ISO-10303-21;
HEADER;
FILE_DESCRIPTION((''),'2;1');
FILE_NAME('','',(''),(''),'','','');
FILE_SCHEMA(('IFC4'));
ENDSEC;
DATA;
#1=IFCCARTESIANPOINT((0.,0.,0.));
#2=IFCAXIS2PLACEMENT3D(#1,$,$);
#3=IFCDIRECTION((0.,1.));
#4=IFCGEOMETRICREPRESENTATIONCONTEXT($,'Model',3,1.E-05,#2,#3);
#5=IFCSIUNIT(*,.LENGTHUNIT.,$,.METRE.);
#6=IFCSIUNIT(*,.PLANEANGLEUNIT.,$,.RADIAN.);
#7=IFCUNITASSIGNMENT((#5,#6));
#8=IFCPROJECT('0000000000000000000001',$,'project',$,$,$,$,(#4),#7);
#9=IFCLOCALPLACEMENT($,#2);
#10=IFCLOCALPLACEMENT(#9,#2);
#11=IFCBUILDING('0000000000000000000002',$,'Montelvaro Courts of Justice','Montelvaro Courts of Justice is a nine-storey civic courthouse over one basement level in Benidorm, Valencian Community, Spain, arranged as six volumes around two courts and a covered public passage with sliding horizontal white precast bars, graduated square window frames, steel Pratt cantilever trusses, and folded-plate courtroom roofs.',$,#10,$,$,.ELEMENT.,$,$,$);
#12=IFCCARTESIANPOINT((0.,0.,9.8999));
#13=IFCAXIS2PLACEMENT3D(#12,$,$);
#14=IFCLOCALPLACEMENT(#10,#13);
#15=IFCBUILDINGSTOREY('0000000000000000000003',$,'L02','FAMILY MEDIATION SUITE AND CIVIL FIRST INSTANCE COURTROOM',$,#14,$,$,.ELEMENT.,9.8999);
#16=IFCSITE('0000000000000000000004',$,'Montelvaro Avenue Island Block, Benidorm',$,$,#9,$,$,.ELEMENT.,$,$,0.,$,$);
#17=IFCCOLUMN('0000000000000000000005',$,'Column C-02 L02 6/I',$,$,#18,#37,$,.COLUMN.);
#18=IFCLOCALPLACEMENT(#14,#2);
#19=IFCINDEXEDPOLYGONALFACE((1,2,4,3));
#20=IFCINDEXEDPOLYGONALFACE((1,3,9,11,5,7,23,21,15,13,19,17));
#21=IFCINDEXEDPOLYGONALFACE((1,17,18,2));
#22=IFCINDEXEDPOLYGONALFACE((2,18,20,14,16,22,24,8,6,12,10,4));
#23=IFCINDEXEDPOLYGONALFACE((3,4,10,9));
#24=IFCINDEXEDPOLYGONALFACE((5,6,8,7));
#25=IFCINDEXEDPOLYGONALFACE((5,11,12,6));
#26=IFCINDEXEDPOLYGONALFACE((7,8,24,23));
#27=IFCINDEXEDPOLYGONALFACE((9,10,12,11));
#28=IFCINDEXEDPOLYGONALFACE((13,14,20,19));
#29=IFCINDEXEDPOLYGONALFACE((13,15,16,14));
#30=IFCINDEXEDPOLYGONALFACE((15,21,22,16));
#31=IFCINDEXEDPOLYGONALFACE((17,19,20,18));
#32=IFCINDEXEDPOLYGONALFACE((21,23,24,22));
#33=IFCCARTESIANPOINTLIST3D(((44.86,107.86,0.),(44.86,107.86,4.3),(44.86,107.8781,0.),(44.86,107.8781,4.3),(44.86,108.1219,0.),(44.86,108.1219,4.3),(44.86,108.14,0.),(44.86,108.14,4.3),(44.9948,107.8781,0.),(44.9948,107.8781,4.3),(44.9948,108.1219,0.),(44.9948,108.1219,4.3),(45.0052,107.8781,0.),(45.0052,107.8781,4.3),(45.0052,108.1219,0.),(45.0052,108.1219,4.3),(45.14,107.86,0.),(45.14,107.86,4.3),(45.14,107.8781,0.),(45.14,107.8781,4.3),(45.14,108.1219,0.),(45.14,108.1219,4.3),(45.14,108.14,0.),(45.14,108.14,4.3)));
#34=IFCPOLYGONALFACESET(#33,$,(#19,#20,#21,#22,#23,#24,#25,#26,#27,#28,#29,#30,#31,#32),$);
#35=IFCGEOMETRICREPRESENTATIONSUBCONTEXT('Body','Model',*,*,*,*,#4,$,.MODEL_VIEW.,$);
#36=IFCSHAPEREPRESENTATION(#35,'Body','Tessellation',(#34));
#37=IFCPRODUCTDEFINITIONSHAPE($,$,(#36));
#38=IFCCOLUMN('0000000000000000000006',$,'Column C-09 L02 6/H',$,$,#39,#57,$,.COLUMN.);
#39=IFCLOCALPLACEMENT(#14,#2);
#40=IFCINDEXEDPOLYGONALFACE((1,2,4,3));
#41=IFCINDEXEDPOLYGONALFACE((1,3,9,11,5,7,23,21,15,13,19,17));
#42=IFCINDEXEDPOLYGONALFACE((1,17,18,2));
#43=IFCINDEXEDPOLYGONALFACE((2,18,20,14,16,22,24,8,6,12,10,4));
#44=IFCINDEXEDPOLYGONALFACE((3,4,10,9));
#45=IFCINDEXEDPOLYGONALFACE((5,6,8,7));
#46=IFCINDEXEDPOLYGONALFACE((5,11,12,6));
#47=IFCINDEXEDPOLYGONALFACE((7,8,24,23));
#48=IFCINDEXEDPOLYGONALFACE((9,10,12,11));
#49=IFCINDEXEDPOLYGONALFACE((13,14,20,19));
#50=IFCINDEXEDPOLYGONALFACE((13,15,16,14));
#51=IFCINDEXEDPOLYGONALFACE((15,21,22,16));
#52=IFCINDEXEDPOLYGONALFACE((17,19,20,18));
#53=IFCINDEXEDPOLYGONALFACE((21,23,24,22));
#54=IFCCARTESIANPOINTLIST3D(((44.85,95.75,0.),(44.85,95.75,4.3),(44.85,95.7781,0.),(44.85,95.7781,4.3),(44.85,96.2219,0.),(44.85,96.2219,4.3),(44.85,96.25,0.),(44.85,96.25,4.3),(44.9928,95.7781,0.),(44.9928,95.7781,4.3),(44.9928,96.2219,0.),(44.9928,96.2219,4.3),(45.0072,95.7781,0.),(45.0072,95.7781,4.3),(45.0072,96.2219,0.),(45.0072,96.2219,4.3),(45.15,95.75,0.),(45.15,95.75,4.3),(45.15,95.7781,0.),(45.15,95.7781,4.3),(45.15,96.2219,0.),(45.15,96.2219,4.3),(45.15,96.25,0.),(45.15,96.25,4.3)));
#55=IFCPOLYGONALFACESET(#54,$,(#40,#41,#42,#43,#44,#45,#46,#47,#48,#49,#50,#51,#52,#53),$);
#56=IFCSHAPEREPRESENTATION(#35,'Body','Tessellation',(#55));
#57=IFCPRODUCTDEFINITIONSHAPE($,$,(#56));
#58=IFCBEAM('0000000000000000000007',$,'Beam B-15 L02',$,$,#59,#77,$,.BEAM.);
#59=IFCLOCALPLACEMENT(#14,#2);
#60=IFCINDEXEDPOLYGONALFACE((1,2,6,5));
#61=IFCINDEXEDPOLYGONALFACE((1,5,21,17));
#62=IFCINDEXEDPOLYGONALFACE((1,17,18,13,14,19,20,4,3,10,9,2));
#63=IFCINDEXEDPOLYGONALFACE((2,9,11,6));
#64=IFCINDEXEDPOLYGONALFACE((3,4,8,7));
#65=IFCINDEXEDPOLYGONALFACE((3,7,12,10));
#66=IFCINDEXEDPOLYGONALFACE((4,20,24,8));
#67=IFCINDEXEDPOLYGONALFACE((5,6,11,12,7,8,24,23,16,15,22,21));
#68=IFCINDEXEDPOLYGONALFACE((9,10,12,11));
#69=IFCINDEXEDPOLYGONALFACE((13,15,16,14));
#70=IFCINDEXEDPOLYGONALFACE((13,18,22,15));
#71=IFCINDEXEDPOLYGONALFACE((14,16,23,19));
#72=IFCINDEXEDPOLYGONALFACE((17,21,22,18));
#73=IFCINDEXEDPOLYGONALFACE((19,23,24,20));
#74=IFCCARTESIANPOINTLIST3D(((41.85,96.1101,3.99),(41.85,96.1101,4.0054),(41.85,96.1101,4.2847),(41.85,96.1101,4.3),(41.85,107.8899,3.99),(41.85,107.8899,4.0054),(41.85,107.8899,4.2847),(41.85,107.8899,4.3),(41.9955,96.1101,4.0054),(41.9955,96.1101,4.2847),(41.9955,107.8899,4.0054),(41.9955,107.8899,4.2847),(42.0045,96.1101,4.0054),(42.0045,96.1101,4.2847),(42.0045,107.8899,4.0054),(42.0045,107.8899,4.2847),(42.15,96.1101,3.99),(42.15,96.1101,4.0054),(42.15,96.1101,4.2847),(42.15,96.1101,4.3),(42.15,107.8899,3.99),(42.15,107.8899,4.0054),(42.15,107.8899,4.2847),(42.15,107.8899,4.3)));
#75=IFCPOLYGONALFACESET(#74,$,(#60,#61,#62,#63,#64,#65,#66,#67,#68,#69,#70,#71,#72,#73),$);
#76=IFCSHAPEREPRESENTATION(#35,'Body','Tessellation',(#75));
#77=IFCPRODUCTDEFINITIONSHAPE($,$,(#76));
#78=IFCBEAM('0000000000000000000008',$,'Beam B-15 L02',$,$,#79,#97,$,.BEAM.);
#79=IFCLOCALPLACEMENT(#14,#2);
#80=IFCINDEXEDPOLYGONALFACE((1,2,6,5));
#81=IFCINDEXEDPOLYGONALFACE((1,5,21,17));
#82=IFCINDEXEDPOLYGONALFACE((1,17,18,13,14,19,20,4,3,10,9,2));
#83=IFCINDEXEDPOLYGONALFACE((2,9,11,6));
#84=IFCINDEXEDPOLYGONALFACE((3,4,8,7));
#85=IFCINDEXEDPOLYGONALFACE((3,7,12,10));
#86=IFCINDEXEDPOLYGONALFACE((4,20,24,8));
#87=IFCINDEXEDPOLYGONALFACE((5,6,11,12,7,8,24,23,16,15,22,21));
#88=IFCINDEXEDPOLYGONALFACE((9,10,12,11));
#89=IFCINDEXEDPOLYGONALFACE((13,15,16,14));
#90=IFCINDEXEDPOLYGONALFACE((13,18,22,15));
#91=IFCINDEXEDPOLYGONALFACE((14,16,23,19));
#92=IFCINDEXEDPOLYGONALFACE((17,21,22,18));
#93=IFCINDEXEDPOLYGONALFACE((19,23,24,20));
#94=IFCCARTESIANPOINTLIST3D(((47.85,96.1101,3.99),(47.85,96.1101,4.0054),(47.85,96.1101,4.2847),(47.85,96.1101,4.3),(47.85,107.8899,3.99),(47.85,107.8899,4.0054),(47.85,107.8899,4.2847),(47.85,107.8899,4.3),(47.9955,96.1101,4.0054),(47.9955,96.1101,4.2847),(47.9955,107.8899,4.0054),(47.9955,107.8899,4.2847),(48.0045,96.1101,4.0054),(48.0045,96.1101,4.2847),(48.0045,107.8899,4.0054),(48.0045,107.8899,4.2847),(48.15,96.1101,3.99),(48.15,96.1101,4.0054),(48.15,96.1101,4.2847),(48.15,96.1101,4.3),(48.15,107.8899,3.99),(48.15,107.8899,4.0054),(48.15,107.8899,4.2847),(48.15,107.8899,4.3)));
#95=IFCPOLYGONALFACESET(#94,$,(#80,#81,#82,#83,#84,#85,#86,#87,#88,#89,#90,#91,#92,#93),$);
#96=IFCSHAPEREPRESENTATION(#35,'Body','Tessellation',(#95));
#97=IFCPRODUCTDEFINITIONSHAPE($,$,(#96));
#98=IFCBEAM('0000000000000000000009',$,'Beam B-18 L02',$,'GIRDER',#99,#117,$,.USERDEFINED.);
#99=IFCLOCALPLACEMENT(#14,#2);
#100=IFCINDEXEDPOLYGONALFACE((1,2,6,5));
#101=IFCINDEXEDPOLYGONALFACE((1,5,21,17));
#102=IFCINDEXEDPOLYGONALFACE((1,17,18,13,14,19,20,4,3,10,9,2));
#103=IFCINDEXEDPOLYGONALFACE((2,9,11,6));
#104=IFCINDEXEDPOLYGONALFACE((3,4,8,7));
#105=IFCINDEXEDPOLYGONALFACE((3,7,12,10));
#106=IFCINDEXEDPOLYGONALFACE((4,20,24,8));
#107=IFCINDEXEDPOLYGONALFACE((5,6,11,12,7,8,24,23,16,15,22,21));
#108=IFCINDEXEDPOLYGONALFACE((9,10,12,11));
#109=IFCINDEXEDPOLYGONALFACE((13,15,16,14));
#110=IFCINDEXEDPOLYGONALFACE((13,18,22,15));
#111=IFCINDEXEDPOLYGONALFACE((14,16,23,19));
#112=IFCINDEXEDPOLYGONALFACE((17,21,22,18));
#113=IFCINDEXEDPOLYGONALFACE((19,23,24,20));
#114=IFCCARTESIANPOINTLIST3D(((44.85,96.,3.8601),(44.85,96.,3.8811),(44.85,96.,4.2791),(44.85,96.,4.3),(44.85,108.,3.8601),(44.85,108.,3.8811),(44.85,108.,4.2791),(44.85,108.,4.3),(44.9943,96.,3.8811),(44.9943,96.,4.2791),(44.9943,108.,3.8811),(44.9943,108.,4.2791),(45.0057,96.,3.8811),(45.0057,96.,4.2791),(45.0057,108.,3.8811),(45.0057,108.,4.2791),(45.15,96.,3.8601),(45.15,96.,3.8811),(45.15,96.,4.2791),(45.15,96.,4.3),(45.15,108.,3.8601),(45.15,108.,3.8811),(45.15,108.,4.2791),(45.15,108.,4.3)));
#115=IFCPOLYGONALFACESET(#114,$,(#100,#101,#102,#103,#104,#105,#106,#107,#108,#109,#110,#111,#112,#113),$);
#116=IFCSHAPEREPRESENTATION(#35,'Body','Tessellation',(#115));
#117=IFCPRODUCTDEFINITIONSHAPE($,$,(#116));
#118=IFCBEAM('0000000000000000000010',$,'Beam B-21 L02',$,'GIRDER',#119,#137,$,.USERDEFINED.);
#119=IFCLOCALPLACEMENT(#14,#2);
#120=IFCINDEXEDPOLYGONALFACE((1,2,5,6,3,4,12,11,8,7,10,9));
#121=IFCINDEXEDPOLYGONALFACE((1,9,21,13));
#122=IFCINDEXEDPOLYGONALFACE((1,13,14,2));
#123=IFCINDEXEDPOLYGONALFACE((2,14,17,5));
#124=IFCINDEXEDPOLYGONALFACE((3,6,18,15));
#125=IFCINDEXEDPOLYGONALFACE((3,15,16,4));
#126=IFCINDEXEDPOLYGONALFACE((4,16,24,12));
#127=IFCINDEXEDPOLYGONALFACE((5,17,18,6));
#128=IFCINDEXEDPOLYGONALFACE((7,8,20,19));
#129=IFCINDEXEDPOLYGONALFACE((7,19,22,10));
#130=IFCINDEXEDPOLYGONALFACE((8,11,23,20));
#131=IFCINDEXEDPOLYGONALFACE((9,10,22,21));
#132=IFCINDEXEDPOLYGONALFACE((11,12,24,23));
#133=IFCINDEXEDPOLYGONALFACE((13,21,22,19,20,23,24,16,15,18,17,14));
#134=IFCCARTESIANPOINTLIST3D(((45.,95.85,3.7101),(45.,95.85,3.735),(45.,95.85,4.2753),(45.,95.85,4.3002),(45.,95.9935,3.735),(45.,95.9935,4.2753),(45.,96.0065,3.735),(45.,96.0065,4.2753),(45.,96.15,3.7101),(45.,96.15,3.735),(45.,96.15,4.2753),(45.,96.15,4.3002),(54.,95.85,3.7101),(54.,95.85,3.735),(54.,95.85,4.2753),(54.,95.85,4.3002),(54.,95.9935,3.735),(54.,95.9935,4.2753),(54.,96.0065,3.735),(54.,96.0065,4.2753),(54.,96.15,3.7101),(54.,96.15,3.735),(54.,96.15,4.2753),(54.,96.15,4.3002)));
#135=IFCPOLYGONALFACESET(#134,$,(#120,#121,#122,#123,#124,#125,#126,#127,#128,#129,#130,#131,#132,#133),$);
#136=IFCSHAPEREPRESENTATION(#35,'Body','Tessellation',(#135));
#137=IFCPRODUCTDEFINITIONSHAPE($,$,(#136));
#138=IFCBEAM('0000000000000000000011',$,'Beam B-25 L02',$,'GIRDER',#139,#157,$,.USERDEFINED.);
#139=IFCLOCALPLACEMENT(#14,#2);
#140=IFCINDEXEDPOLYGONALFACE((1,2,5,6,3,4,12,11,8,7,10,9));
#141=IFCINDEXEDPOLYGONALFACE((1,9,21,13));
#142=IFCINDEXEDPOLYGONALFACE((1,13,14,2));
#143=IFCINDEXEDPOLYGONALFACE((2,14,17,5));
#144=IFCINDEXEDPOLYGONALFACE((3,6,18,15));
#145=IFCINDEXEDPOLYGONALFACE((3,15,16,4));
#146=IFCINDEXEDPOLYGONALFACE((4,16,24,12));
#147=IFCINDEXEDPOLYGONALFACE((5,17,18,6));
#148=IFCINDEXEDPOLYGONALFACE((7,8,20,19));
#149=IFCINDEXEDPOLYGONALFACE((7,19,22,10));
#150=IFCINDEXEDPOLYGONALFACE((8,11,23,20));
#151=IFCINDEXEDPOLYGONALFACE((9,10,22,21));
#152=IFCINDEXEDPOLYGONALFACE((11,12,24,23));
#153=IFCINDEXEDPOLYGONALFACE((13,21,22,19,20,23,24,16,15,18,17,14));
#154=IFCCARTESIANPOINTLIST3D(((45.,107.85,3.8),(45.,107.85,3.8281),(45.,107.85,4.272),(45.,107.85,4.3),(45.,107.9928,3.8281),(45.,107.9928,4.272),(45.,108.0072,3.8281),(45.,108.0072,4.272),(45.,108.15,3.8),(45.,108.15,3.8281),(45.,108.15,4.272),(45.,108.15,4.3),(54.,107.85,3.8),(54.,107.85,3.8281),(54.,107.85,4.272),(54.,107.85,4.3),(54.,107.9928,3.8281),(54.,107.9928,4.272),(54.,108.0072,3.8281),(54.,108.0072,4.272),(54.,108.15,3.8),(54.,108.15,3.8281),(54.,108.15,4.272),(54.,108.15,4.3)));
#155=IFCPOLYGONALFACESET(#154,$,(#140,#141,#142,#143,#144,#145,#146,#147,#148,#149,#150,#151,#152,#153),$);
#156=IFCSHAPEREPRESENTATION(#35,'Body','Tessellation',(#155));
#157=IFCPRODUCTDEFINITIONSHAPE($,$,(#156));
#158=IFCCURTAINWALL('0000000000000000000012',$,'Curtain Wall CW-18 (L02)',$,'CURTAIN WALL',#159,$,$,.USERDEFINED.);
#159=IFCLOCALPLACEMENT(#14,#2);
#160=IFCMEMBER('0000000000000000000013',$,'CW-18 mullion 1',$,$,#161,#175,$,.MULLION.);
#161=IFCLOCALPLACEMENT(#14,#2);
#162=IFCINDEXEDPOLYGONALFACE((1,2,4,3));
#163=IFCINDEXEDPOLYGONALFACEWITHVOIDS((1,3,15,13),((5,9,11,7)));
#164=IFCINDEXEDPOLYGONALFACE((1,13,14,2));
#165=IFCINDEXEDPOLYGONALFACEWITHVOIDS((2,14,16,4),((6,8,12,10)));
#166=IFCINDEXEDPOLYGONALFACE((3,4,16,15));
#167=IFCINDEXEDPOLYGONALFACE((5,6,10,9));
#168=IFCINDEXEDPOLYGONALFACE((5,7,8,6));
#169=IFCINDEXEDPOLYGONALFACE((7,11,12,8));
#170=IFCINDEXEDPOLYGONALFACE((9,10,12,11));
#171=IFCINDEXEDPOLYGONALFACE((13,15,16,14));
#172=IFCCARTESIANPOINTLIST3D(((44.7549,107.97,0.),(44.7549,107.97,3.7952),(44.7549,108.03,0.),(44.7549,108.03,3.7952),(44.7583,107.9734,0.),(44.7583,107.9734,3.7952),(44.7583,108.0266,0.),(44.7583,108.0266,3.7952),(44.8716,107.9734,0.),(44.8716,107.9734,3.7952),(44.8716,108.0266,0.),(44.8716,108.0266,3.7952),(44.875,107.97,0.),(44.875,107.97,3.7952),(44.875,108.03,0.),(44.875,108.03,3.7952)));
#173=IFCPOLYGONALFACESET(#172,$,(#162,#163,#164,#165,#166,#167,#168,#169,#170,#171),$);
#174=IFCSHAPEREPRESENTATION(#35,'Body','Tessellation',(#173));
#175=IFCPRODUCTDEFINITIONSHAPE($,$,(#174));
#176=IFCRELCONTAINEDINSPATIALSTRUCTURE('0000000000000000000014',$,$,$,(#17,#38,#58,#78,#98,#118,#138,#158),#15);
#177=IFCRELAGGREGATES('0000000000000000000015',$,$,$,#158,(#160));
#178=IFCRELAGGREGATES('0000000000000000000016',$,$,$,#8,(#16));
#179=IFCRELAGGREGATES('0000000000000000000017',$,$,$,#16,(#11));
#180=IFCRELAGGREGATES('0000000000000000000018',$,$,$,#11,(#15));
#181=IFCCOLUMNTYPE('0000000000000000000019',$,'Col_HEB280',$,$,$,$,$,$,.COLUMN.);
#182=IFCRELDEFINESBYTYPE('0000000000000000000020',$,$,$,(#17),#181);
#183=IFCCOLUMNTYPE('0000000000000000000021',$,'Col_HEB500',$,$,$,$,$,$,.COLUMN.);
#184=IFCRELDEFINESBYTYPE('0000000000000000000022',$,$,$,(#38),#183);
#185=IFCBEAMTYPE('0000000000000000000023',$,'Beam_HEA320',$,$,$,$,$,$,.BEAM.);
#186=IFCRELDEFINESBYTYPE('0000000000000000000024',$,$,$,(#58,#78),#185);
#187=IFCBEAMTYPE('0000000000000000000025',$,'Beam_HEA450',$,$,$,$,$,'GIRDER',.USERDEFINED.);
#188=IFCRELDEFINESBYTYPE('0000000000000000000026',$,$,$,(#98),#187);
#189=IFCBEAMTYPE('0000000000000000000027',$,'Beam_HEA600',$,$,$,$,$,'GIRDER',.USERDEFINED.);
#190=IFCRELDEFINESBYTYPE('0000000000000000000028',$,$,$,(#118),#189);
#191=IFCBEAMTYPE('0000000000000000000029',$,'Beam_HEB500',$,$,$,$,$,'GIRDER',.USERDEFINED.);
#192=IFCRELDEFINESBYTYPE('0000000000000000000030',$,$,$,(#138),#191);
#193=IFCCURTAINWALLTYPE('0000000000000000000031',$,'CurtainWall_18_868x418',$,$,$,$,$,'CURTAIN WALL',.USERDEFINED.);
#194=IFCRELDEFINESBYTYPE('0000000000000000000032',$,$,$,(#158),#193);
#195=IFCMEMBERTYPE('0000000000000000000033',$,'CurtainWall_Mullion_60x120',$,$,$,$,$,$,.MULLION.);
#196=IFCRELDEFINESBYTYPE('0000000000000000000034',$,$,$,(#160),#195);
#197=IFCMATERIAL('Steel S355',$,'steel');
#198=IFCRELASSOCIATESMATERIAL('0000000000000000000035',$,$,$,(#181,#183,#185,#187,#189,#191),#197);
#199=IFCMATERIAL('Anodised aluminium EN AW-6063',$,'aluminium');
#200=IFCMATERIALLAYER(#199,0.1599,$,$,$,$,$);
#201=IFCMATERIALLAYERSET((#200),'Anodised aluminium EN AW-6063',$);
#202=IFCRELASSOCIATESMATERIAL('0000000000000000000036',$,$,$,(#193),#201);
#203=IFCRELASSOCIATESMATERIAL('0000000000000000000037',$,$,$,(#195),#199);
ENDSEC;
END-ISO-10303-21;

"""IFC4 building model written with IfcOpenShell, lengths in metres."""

from ifc_helpers import new_model, si_unit, direction, frame, origin, origin_2d, place, context, subcontext, project, spatial, hollow_rectangle, i_section, extrude, material, layer, layer_set, material_profile, profile_set, type_object, element, aggregate, save


model = new_model("IFC4")

# Units and contexts
model_context = context("Model", 3, precision=1e-05, world=origin(), true_north=direction((0.0, 1.0)))
body_context = subcontext(model_context, "Body", "Model", "MODEL_VIEW")
ifc_project = project(units=[si_unit("LENGTHUNIT", "METRE"), si_unit("PLANEANGLEUNIT", "RADIAN")], contexts=[model_context])

# Site, building, storey
site_placement = place(None, origin())
site = spatial("IfcSite", under=ifc_project, at=site_placement, Name="Montelvaro Avenue Island Block, Benidorm", CompositionType="ELEMENT", RefElevation=0.0)
building_placement = place(site_placement, origin())
building = spatial("IfcBuilding", under=site, at=building_placement, Name="Montelvaro Courts of Justice", Description="Montelvaro Courts of Justice is a nine-storey civic courthouse over one basement level in Benidorm, Valencian Community, Spain, arranged as six volumes around two courts and a covered public passage with sliding horizontal white precast bars, graduated square window frames, steel Pratt cantilever trusses, and folded-plate courtroom roofs.", CompositionType="ELEMENT")
storey_placement = place(building_placement, frame((0.0, 0.0, 9.8999)))
storey = spatial("IfcBuildingStorey", under=building, at=storey_placement, Name="L02", Description="FAMILY MEDIATION SUITE AND CIVIL FIRST INSTANCE COURTROOM", CompositionType="ELEMENT", Elevation=9.8999)

# Columns
ifc_material_1 = material(Name="Steel S355", Category="steel")
ifc_material_profile_1 = material_profile(ifc_material_1, i_section(OverallWidth=0.28, OverallDepth=0.28, WebThickness=0.0105, FlangeThickness=0.0181, at=origin_2d()), Name="HEB 280")
ifc_profile_set_1 = profile_set([ifc_material_profile_1], Name="Steel S355")
column_type_1 = type_object("IfcColumnType", Name="Col_HEB280", PredefinedType="COLUMN", material=ifc_profile_set_1)
column_1_placement = place(storey_placement, frame((45.0, 108.0, 0.0), z_axis=(0.0, 0.0, 1.0), x_axis=(1.0, 0.0, 0.0)))
element("IfcColumn", 1, at=column_1_placement, inside=storey, type_object=column_type_1, Name="Column C-02 L02 6/I", PredefinedType="COLUMN", context=body_context, shape_type="SweptSolid", body=[
    extrude(i_section(OverallWidth=0.28, OverallDepth=0.28, WebThickness=0.0105, FlangeThickness=0.0181, at=origin_2d()), origin(), (0.0, 0.0, 1.0), 4.3),
])
ifc_material_profile_2 = material_profile(ifc_material_1, i_section(OverallWidth=0.3, OverallDepth=0.5, WebThickness=0.0144, FlangeThickness=0.0281, at=origin_2d()), Name="HEB 500")
ifc_profile_set_2 = profile_set([ifc_material_profile_2], Name="Steel S355")
column_type_2 = type_object("IfcColumnType", Name="Col_HEB500", PredefinedType="COLUMN", material=ifc_profile_set_2)
column_2_placement = place(storey_placement, frame((45.0, 96.0, 0.0), z_axis=(0.0, 0.0, 1.0), x_axis=(1.0, 0.0, 0.0)))
element("IfcColumn", 2, at=column_2_placement, inside=storey, type_object=column_type_2, Name="Column C-09 L02 6/H", PredefinedType="COLUMN", context=body_context, shape_type="SweptSolid", body=[
    extrude(i_section(OverallWidth=0.3, OverallDepth=0.5, WebThickness=0.0144, FlangeThickness=0.0281, at=origin_2d()), origin(), (0.0, 0.0, 1.0), 4.3),
])

# Beams
ifc_material_profile_3 = material_profile(ifc_material_1, i_section(OverallWidth=0.3, OverallDepth=0.3101, WebThickness=0.009, FlangeThickness=0.0154, at=origin_2d()), Name="HEA 320")
ifc_profile_set_3 = profile_set([ifc_material_profile_3], Name="Steel S355")
beam_type_1 = type_object("IfcBeamType", Name="Beam_HEA320", PredefinedType="BEAM", material=ifc_profile_set_3)
for number, where, z_axis, x_axis, name in (
    (3, (42.0, 96.1101, 4.145), (0.0, 1.0, 0.0), (-1.0, 0.0, 0.0), "Beam B-15 L02"),
    (4, (48.0, 96.1101, 4.145), (0.0, 1.0, 0.0), (-1.0, 0.0, 0.0), "Beam B-15 L02"),
):
    element("IfcBeam", number, at=place(storey_placement, frame(where, z_axis=z_axis, x_axis=x_axis)), inside=storey, type_object=beam_type_1, Name=name, PredefinedType="BEAM", context=body_context, shape_type="SweptSolid", body=[
        extrude(i_section(OverallWidth=0.3, OverallDepth=0.3101, WebThickness=0.009, FlangeThickness=0.0154, at=origin_2d()), origin(), (0.0, 0.0, 1.0), 11.7798),
    ])
ifc_material_profile_4 = material_profile(ifc_material_1, i_section(OverallWidth=0.3, OverallDepth=0.4399, WebThickness=0.0115, FlangeThickness=0.021, at=origin_2d()), Name="HEA 450")
ifc_profile_set_4 = profile_set([ifc_material_profile_4], Name="Steel S355")
beam_type_2 = type_object("IfcBeamType", Name="Beam_HEA450", ElementType="GIRDER", PredefinedType="USERDEFINED", material=ifc_profile_set_4)
beam_1_placement = place(storey_placement, frame((45.0, 96.0, 4.0801), z_axis=(0.0, 1.0, 0.0), x_axis=(-1.0, 0.0, 0.0)))
element("IfcBeam", 5, at=beam_1_placement, inside=storey, type_object=beam_type_2, Name="Beam B-18 L02", ObjectType="GIRDER", PredefinedType="USERDEFINED", context=body_context, shape_type="SweptSolid", body=[
    extrude(i_section(OverallWidth=0.3, OverallDepth=0.4399, WebThickness=0.0115, FlangeThickness=0.021, at=origin_2d()), origin(), (0.0, 0.0, 1.0), 12.0),
])
ifc_material_profile_5 = material_profile(ifc_material_1, i_section(OverallWidth=0.3, OverallDepth=0.5901, WebThickness=0.0129, FlangeThickness=0.0249, at=origin_2d()), Name="HEA 600")
ifc_profile_set_5 = profile_set([ifc_material_profile_5], Name="Steel S355")
beam_type_3 = type_object("IfcBeamType", Name="Beam_HEA600", ElementType="GIRDER", PredefinedType="USERDEFINED", material=ifc_profile_set_5)
beam_2_placement = place(storey_placement, frame((45.0, 96.0, 4.0051), z_axis=(1.0, 0.0, 0.0), x_axis=(0.0, 1.0, 0.0)))
element("IfcBeam", 6, at=beam_2_placement, inside=storey, type_object=beam_type_3, Name="Beam B-21 L02", ObjectType="GIRDER", PredefinedType="USERDEFINED", context=body_context, shape_type="SweptSolid", body=[
    extrude(i_section(OverallWidth=0.3, OverallDepth=0.5901, WebThickness=0.0129, FlangeThickness=0.0249, at=origin_2d()), origin(), (0.0, 0.0, 1.0), 9.0),
])
ifc_material_profile_6 = material_profile(ifc_material_1, i_section(OverallWidth=0.3, OverallDepth=0.5, WebThickness=0.0144, FlangeThickness=0.0281, at=origin_2d()), Name="HEB 500")
ifc_profile_set_6 = profile_set([ifc_material_profile_6], Name="Steel S355")
beam_type_4 = type_object("IfcBeamType", Name="Beam_HEB500", ElementType="GIRDER", PredefinedType="USERDEFINED", material=ifc_profile_set_6)
beam_3_placement = place(storey_placement, frame((45.0, 108.0, 4.05), z_axis=(1.0, 0.0, 0.0), x_axis=(0.0, 1.0, 0.0)))
element("IfcBeam", 7, at=beam_3_placement, inside=storey, type_object=beam_type_4, Name="Beam B-25 L02", ObjectType="GIRDER", PredefinedType="USERDEFINED", context=body_context, shape_type="SweptSolid", body=[
    extrude(i_section(OverallWidth=0.3, OverallDepth=0.5, WebThickness=0.0144, FlangeThickness=0.0281, at=origin_2d()), origin(), (0.0, 0.0, 1.0), 9.0),
])

# Curtain wall, member
ifc_material_2 = material(Name="Anodised aluminium EN AW-6063", Category="aluminium")
ifc_layer_1 = layer(ifc_material_2, 0.1599)
ifc_layer_set_1 = layer_set([ifc_layer_1], Name="Anodised aluminium EN AW-6063")
curtain_wall_type = type_object("IfcCurtainWallType", Name="CurtainWall_18_868x418", ElementType="CURTAIN WALL", PredefinedType="USERDEFINED", material=ifc_layer_set_1)
curtain_wall_1_placement = place(storey_placement, origin())
curtain_wall_1 = element("IfcCurtainWall", 8, at=curtain_wall_1_placement, inside=storey, type_object=curtain_wall_type, Name="Curtain Wall CW-18 (L02)", ObjectType="CURTAIN WALL", PredefinedType="USERDEFINED")
ifc_material_profile_7 = material_profile(ifc_material_2, hollow_rectangle(XDim=0.0601, YDim=0.1201, WallThickness=0.0034, at=origin_2d()), Name="ALU-M 60x120")
ifc_profile_set_7 = profile_set([ifc_material_profile_7], Name="Anodised aluminium EN AW-6063")
member_type_1 = type_object("IfcMemberType", Name="CurtainWall_Mullion_60x120", PredefinedType="MULLION", material=ifc_profile_set_7)
member_1_placement = place(storey_placement, frame((44.8149, 108.0, 0.0), z_axis=(0.0, 0.0, 1.0), x_axis=(0.0, -1.0, 0.0)))
member_1 = element("IfcMember", 9, at=member_1_placement, type_object=member_type_1, Name="CW-18 mullion 1", PredefinedType="MULLION", context=body_context, shape_type="SweptSolid", body=[
    extrude(hollow_rectangle(XDim=0.0601, YDim=0.1201, WallThickness=0.0034, at=origin_2d()), origin(), (0.0, 0.0, 1.0), 3.7952),
])

aggregate(curtain_wall_1, [member_1])

save(model, "model.ifc")
